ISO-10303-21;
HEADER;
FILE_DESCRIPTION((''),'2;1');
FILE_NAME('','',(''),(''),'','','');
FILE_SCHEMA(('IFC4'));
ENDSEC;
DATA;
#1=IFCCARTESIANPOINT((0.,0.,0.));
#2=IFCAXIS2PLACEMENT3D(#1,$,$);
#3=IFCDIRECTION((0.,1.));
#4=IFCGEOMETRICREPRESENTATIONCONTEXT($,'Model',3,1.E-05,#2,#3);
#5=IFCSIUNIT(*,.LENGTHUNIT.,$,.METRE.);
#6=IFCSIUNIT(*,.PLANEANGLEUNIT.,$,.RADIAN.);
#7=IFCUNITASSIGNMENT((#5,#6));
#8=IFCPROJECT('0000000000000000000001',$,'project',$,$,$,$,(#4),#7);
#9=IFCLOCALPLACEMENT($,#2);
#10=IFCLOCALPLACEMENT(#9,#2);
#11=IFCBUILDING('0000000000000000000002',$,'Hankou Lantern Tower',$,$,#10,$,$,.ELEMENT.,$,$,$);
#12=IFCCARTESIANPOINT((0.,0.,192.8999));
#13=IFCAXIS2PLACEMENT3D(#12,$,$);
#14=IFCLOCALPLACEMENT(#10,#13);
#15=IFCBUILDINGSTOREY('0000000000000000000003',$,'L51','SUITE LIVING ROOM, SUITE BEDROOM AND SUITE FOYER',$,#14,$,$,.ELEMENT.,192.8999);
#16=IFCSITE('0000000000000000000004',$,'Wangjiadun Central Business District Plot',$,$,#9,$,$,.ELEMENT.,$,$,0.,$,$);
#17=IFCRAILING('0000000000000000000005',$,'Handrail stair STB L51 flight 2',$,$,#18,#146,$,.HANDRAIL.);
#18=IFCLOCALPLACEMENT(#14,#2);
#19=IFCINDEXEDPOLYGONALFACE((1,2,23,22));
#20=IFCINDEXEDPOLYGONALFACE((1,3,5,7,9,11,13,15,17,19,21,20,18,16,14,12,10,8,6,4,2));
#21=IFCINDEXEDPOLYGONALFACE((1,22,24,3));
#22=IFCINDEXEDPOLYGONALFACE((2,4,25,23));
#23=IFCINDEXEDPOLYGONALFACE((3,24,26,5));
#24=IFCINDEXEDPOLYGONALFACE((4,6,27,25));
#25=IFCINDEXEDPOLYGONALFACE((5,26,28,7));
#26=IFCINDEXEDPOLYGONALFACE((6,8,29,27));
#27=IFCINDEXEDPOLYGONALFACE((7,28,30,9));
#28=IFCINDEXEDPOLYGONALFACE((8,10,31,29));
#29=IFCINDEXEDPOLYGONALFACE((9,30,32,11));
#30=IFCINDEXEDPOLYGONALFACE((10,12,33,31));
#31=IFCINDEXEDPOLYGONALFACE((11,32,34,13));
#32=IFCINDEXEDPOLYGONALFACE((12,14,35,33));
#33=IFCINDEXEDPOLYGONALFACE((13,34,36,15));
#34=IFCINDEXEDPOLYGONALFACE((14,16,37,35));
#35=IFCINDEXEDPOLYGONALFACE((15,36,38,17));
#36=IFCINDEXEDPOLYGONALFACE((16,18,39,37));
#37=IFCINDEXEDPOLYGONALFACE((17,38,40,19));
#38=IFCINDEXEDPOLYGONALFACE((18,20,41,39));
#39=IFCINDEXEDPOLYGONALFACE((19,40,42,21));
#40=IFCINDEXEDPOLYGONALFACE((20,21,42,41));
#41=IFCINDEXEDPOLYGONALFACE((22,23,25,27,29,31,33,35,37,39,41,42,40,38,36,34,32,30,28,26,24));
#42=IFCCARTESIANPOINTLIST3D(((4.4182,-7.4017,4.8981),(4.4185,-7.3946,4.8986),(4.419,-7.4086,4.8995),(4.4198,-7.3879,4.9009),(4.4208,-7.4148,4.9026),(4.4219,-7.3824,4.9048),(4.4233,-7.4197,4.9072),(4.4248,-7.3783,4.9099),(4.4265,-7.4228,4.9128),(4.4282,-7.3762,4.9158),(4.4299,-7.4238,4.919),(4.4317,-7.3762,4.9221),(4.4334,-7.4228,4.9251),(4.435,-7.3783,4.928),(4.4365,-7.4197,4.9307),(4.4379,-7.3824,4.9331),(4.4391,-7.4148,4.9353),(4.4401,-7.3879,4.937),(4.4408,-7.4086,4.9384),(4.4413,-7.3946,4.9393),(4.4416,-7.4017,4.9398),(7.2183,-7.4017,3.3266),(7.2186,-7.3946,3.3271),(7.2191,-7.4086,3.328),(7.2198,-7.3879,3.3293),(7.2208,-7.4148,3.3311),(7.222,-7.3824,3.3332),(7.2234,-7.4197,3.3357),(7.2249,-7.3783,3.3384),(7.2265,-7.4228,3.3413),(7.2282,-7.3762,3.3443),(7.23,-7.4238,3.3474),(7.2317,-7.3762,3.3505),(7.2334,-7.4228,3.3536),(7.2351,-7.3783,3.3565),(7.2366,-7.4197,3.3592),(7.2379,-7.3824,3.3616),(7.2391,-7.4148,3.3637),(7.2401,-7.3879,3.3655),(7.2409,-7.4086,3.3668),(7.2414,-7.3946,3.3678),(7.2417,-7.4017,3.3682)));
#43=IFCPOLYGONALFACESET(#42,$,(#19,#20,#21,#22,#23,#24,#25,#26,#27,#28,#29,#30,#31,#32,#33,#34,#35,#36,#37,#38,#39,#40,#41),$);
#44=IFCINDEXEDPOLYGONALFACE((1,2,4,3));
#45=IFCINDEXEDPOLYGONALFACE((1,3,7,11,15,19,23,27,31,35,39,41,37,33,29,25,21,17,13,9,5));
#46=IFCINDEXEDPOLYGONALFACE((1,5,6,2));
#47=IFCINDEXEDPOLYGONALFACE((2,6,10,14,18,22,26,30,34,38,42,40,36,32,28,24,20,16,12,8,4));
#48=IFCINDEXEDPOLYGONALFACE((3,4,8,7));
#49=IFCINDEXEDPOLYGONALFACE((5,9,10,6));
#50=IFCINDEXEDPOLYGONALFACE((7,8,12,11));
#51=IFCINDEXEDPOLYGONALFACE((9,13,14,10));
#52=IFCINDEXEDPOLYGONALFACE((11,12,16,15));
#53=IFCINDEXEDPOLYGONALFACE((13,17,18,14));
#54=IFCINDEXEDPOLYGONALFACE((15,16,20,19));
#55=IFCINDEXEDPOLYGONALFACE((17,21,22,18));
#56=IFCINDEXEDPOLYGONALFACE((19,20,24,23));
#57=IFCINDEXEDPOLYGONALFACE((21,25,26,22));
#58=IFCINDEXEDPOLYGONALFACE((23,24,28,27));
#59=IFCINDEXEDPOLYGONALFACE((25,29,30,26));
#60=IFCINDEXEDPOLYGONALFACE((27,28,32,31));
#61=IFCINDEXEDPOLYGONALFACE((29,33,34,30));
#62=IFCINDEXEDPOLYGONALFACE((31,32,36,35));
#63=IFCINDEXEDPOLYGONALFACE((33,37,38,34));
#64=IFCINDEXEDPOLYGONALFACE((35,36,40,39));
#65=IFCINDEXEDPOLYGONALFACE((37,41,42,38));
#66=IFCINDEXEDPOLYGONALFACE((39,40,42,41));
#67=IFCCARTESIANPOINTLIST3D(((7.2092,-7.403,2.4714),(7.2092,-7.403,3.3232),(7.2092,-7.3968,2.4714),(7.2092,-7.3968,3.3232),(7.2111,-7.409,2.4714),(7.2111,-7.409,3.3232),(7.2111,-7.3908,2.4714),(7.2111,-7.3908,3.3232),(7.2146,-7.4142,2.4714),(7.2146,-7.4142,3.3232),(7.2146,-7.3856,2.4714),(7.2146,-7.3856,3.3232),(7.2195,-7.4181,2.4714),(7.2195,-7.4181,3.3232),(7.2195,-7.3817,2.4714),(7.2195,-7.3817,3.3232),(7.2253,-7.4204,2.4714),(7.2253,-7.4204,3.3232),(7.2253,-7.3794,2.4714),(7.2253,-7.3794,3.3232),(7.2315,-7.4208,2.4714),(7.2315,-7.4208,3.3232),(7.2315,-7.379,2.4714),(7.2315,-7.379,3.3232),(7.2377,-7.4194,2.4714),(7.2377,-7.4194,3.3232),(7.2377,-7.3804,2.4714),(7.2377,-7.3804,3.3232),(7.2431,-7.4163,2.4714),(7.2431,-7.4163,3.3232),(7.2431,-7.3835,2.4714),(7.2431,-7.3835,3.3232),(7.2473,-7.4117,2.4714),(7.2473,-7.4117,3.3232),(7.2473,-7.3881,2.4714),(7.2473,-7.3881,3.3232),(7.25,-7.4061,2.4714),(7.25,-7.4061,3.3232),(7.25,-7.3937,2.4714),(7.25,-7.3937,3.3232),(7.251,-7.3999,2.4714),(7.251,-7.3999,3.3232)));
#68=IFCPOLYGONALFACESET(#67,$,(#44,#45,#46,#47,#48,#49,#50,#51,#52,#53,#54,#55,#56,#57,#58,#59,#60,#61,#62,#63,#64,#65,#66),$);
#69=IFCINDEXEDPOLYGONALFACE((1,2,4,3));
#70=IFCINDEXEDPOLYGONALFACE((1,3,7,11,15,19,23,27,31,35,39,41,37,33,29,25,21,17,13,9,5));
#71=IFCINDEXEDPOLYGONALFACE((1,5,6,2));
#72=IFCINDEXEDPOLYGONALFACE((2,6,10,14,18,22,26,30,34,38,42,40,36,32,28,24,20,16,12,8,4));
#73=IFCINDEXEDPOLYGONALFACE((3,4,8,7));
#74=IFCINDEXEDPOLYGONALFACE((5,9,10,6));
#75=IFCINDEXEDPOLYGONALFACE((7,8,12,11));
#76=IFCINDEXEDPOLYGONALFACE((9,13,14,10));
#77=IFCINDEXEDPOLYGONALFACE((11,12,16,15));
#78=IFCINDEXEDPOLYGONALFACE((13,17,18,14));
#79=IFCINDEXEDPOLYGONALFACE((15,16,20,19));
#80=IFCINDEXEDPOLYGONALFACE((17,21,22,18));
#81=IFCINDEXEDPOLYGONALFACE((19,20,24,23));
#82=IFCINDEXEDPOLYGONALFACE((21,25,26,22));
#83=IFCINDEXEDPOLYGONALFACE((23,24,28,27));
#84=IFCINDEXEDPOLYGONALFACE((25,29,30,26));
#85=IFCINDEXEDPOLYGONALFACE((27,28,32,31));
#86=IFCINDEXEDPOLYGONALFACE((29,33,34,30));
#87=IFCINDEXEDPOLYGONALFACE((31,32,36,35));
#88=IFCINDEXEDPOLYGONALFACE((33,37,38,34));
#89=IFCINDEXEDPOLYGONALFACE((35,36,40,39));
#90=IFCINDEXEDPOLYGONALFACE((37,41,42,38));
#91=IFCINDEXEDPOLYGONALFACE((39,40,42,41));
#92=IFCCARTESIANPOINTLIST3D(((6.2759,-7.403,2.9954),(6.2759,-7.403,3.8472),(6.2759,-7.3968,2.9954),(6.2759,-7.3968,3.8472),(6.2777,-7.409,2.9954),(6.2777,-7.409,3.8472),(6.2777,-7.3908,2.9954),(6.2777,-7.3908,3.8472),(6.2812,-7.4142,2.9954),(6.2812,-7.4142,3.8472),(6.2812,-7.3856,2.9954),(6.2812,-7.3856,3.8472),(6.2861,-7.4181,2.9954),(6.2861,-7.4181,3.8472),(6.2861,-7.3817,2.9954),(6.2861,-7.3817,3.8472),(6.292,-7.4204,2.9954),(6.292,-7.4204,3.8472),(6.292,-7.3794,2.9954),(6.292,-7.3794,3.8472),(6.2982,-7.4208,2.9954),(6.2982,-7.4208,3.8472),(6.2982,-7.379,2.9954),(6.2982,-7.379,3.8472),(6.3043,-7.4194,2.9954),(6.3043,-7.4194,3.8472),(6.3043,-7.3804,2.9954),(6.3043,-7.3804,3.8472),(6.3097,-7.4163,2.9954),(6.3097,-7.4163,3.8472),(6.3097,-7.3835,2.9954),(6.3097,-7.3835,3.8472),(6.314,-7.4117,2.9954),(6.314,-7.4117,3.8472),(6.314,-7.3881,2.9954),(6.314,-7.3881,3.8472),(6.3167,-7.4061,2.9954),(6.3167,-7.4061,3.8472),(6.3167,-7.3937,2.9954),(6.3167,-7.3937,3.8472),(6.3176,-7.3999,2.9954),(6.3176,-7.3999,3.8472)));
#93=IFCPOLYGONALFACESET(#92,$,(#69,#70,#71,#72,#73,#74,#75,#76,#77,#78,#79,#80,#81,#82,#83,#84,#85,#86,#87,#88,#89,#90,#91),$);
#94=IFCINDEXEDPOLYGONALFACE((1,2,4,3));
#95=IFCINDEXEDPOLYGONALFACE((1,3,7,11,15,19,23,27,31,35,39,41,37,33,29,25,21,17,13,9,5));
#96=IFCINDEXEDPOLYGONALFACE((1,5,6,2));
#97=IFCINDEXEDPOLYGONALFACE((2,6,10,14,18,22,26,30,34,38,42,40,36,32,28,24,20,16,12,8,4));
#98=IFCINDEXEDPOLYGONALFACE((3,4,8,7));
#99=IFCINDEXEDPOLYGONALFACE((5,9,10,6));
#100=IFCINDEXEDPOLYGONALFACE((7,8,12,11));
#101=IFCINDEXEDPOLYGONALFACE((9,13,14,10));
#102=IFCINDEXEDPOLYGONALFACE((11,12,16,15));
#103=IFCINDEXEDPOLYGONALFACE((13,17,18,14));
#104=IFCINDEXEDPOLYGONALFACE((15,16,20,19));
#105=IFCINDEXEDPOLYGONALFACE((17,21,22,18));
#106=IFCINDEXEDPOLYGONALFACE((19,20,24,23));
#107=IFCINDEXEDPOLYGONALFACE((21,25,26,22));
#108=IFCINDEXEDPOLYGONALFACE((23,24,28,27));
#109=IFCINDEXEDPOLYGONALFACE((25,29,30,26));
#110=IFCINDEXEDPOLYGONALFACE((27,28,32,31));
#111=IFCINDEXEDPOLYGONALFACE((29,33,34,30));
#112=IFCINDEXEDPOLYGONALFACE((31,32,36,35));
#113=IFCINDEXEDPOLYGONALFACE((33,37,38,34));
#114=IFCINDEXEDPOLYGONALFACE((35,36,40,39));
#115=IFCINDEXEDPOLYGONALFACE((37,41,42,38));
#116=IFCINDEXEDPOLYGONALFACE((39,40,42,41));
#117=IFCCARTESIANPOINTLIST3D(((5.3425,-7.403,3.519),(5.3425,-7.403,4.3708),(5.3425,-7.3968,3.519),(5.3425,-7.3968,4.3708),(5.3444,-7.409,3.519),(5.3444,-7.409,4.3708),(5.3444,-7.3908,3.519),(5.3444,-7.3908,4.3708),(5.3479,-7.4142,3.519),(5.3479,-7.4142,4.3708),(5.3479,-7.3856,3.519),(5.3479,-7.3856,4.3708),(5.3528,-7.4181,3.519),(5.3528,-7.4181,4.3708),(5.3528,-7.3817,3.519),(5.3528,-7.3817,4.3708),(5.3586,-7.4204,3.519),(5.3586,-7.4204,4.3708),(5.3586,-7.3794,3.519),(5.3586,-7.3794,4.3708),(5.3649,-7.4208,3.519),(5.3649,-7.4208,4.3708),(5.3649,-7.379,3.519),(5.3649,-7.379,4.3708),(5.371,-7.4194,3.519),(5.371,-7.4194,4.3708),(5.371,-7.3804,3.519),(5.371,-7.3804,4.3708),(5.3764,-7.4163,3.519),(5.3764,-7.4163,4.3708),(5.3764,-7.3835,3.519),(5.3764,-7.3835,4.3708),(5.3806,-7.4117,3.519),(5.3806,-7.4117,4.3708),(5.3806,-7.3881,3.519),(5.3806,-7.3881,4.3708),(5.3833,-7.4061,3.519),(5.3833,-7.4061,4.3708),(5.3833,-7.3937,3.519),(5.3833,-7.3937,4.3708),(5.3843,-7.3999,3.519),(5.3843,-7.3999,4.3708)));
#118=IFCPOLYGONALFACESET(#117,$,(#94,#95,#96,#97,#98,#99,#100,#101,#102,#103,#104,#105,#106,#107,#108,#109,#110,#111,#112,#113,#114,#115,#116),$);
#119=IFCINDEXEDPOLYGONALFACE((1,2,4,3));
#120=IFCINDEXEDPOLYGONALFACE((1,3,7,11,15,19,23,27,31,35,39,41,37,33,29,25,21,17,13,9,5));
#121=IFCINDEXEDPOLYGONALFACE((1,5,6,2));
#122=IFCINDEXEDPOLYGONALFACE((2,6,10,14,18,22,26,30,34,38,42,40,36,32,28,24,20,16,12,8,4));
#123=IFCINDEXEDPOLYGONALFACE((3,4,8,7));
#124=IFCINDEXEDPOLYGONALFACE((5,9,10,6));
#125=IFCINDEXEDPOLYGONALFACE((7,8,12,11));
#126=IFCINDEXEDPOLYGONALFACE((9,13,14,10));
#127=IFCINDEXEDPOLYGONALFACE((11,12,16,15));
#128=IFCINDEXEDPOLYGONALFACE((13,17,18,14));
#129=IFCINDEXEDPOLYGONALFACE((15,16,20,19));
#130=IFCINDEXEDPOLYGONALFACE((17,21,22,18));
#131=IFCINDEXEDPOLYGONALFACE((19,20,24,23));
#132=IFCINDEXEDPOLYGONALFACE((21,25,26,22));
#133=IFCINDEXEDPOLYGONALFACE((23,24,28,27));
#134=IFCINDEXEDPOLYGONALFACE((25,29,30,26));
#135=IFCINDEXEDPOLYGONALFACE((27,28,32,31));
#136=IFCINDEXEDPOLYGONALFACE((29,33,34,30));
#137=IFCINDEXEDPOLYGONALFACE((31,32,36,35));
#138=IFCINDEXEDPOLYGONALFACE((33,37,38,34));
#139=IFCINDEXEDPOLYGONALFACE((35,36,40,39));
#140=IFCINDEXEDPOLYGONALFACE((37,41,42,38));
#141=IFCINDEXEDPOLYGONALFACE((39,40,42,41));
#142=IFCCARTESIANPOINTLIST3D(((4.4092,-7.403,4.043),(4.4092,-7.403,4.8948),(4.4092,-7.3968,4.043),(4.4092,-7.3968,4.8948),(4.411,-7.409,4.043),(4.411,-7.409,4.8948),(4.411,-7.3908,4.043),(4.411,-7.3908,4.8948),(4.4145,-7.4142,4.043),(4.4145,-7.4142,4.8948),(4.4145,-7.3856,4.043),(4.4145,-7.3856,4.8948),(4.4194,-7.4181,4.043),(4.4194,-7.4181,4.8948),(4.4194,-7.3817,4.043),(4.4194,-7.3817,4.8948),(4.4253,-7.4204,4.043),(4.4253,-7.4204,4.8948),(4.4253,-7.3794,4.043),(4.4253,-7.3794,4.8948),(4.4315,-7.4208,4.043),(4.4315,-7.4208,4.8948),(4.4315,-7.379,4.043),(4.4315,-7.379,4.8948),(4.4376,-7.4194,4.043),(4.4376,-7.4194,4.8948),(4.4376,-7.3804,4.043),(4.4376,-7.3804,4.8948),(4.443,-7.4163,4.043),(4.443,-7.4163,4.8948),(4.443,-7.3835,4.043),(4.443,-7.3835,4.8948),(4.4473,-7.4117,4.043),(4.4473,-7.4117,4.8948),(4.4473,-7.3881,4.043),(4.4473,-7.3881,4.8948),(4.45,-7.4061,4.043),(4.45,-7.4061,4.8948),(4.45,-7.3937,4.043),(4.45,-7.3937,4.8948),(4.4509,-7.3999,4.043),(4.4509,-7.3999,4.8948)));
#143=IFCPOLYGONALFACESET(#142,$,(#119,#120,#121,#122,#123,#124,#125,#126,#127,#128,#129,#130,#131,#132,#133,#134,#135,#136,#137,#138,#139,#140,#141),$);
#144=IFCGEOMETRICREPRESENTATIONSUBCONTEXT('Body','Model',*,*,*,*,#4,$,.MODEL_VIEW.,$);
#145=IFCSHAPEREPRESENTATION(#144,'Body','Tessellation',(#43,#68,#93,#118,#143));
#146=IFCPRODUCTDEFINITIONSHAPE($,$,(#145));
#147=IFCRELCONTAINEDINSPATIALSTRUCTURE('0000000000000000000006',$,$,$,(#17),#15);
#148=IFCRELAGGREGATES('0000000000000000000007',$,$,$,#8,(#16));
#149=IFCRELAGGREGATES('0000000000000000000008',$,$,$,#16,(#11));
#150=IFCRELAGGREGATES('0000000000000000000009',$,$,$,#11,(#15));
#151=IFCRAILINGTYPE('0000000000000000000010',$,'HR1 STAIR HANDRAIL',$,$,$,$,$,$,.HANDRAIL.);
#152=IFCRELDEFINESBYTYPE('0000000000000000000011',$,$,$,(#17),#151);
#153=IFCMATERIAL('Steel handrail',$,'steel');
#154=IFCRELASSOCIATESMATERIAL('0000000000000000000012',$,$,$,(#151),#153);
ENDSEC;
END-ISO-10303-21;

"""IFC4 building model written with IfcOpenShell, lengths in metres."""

from ifc_helpers import new_model, si_unit, direction, frame, origin, origin_2d, place, context, subcontext, project, spatial, circle, extrude, material, type_object, element, save


model = new_model("IFC4")

# Units and contexts
model_context = context("Model", 3, precision=1e-05, world=origin(), true_north=direction((0.0, 1.0)))
body_context = subcontext(model_context, "Body", "Model", "MODEL_VIEW")
ifc_project = project(units=[si_unit("LENGTHUNIT", "METRE"), si_unit("PLANEANGLEUNIT", "RADIAN")], contexts=[model_context])

# Site, building, storey
site_placement = place(None, origin())
site = spatial("IfcSite", under=ifc_project, at=site_placement, Name="Wangjiadun Central Business District Plot", CompositionType="ELEMENT", RefElevation=0.0)
building_placement = place(site_placement, origin())
building = spatial("IfcBuilding", under=site, at=building_placement, Name="Hankou Lantern Tower", CompositionType="ELEMENT")
storey_placement = place(building_placement, frame((0.0, 0.0, 192.8999)))
storey = spatial("IfcBuildingStorey", under=building, at=storey_placement, Name="L51", Description="SUITE LIVING ROOM, SUITE BEDROOM AND SUITE FOYER", CompositionType="ELEMENT", Elevation=192.8999)

# Railing
ifc_material_1 = material(Name="Steel handrail", Category="steel")
railing_type = type_object("IfcRailingType", Name="HR1 STAIR HANDRAIL", PredefinedType="HANDRAIL", material=ifc_material_1)
railing_1_placement = place(storey_placement, frame((7.23, -7.3999, 2.4714)))
element("IfcRailing", 1, at=railing_1_placement, inside=storey, type_object=railing_type, Name="Handrail stair STB L51 flight 2", PredefinedType="HANDRAIL", context=body_context, shape_type="SweptSolid", body=[
    extrude(circle(Radius=0.0239, at=origin_2d()), frame((0.0, 0.0, 0.876), z_axis=(-0.87204, 0.0, 0.489434), x_axis=(0.0, -1.0, 0.0)), (0.0, 0.0, 1.0), 3.2109),
    extrude(circle(Radius=0.021, at=origin_2d()), origin(), (0.0, 0.0, 1.0), 0.8518),
    extrude(circle(Radius=0.021, at=origin_2d()), frame((-0.9333, 0.0, 0.5239)), (0.0, 0.0, 1.0), 0.8518),
    extrude(circle(Radius=0.021, at=origin_2d()), frame((-1.8667, 0.0, 1.0476)), (0.0, 0.0, 1.0), 0.8518),
    extrude(circle(Radius=0.021, at=origin_2d()), frame((-2.8, 0.0, 1.5715)), (0.0, 0.0, 1.0), 0.8518),
])

save(model, "model.ifc")
